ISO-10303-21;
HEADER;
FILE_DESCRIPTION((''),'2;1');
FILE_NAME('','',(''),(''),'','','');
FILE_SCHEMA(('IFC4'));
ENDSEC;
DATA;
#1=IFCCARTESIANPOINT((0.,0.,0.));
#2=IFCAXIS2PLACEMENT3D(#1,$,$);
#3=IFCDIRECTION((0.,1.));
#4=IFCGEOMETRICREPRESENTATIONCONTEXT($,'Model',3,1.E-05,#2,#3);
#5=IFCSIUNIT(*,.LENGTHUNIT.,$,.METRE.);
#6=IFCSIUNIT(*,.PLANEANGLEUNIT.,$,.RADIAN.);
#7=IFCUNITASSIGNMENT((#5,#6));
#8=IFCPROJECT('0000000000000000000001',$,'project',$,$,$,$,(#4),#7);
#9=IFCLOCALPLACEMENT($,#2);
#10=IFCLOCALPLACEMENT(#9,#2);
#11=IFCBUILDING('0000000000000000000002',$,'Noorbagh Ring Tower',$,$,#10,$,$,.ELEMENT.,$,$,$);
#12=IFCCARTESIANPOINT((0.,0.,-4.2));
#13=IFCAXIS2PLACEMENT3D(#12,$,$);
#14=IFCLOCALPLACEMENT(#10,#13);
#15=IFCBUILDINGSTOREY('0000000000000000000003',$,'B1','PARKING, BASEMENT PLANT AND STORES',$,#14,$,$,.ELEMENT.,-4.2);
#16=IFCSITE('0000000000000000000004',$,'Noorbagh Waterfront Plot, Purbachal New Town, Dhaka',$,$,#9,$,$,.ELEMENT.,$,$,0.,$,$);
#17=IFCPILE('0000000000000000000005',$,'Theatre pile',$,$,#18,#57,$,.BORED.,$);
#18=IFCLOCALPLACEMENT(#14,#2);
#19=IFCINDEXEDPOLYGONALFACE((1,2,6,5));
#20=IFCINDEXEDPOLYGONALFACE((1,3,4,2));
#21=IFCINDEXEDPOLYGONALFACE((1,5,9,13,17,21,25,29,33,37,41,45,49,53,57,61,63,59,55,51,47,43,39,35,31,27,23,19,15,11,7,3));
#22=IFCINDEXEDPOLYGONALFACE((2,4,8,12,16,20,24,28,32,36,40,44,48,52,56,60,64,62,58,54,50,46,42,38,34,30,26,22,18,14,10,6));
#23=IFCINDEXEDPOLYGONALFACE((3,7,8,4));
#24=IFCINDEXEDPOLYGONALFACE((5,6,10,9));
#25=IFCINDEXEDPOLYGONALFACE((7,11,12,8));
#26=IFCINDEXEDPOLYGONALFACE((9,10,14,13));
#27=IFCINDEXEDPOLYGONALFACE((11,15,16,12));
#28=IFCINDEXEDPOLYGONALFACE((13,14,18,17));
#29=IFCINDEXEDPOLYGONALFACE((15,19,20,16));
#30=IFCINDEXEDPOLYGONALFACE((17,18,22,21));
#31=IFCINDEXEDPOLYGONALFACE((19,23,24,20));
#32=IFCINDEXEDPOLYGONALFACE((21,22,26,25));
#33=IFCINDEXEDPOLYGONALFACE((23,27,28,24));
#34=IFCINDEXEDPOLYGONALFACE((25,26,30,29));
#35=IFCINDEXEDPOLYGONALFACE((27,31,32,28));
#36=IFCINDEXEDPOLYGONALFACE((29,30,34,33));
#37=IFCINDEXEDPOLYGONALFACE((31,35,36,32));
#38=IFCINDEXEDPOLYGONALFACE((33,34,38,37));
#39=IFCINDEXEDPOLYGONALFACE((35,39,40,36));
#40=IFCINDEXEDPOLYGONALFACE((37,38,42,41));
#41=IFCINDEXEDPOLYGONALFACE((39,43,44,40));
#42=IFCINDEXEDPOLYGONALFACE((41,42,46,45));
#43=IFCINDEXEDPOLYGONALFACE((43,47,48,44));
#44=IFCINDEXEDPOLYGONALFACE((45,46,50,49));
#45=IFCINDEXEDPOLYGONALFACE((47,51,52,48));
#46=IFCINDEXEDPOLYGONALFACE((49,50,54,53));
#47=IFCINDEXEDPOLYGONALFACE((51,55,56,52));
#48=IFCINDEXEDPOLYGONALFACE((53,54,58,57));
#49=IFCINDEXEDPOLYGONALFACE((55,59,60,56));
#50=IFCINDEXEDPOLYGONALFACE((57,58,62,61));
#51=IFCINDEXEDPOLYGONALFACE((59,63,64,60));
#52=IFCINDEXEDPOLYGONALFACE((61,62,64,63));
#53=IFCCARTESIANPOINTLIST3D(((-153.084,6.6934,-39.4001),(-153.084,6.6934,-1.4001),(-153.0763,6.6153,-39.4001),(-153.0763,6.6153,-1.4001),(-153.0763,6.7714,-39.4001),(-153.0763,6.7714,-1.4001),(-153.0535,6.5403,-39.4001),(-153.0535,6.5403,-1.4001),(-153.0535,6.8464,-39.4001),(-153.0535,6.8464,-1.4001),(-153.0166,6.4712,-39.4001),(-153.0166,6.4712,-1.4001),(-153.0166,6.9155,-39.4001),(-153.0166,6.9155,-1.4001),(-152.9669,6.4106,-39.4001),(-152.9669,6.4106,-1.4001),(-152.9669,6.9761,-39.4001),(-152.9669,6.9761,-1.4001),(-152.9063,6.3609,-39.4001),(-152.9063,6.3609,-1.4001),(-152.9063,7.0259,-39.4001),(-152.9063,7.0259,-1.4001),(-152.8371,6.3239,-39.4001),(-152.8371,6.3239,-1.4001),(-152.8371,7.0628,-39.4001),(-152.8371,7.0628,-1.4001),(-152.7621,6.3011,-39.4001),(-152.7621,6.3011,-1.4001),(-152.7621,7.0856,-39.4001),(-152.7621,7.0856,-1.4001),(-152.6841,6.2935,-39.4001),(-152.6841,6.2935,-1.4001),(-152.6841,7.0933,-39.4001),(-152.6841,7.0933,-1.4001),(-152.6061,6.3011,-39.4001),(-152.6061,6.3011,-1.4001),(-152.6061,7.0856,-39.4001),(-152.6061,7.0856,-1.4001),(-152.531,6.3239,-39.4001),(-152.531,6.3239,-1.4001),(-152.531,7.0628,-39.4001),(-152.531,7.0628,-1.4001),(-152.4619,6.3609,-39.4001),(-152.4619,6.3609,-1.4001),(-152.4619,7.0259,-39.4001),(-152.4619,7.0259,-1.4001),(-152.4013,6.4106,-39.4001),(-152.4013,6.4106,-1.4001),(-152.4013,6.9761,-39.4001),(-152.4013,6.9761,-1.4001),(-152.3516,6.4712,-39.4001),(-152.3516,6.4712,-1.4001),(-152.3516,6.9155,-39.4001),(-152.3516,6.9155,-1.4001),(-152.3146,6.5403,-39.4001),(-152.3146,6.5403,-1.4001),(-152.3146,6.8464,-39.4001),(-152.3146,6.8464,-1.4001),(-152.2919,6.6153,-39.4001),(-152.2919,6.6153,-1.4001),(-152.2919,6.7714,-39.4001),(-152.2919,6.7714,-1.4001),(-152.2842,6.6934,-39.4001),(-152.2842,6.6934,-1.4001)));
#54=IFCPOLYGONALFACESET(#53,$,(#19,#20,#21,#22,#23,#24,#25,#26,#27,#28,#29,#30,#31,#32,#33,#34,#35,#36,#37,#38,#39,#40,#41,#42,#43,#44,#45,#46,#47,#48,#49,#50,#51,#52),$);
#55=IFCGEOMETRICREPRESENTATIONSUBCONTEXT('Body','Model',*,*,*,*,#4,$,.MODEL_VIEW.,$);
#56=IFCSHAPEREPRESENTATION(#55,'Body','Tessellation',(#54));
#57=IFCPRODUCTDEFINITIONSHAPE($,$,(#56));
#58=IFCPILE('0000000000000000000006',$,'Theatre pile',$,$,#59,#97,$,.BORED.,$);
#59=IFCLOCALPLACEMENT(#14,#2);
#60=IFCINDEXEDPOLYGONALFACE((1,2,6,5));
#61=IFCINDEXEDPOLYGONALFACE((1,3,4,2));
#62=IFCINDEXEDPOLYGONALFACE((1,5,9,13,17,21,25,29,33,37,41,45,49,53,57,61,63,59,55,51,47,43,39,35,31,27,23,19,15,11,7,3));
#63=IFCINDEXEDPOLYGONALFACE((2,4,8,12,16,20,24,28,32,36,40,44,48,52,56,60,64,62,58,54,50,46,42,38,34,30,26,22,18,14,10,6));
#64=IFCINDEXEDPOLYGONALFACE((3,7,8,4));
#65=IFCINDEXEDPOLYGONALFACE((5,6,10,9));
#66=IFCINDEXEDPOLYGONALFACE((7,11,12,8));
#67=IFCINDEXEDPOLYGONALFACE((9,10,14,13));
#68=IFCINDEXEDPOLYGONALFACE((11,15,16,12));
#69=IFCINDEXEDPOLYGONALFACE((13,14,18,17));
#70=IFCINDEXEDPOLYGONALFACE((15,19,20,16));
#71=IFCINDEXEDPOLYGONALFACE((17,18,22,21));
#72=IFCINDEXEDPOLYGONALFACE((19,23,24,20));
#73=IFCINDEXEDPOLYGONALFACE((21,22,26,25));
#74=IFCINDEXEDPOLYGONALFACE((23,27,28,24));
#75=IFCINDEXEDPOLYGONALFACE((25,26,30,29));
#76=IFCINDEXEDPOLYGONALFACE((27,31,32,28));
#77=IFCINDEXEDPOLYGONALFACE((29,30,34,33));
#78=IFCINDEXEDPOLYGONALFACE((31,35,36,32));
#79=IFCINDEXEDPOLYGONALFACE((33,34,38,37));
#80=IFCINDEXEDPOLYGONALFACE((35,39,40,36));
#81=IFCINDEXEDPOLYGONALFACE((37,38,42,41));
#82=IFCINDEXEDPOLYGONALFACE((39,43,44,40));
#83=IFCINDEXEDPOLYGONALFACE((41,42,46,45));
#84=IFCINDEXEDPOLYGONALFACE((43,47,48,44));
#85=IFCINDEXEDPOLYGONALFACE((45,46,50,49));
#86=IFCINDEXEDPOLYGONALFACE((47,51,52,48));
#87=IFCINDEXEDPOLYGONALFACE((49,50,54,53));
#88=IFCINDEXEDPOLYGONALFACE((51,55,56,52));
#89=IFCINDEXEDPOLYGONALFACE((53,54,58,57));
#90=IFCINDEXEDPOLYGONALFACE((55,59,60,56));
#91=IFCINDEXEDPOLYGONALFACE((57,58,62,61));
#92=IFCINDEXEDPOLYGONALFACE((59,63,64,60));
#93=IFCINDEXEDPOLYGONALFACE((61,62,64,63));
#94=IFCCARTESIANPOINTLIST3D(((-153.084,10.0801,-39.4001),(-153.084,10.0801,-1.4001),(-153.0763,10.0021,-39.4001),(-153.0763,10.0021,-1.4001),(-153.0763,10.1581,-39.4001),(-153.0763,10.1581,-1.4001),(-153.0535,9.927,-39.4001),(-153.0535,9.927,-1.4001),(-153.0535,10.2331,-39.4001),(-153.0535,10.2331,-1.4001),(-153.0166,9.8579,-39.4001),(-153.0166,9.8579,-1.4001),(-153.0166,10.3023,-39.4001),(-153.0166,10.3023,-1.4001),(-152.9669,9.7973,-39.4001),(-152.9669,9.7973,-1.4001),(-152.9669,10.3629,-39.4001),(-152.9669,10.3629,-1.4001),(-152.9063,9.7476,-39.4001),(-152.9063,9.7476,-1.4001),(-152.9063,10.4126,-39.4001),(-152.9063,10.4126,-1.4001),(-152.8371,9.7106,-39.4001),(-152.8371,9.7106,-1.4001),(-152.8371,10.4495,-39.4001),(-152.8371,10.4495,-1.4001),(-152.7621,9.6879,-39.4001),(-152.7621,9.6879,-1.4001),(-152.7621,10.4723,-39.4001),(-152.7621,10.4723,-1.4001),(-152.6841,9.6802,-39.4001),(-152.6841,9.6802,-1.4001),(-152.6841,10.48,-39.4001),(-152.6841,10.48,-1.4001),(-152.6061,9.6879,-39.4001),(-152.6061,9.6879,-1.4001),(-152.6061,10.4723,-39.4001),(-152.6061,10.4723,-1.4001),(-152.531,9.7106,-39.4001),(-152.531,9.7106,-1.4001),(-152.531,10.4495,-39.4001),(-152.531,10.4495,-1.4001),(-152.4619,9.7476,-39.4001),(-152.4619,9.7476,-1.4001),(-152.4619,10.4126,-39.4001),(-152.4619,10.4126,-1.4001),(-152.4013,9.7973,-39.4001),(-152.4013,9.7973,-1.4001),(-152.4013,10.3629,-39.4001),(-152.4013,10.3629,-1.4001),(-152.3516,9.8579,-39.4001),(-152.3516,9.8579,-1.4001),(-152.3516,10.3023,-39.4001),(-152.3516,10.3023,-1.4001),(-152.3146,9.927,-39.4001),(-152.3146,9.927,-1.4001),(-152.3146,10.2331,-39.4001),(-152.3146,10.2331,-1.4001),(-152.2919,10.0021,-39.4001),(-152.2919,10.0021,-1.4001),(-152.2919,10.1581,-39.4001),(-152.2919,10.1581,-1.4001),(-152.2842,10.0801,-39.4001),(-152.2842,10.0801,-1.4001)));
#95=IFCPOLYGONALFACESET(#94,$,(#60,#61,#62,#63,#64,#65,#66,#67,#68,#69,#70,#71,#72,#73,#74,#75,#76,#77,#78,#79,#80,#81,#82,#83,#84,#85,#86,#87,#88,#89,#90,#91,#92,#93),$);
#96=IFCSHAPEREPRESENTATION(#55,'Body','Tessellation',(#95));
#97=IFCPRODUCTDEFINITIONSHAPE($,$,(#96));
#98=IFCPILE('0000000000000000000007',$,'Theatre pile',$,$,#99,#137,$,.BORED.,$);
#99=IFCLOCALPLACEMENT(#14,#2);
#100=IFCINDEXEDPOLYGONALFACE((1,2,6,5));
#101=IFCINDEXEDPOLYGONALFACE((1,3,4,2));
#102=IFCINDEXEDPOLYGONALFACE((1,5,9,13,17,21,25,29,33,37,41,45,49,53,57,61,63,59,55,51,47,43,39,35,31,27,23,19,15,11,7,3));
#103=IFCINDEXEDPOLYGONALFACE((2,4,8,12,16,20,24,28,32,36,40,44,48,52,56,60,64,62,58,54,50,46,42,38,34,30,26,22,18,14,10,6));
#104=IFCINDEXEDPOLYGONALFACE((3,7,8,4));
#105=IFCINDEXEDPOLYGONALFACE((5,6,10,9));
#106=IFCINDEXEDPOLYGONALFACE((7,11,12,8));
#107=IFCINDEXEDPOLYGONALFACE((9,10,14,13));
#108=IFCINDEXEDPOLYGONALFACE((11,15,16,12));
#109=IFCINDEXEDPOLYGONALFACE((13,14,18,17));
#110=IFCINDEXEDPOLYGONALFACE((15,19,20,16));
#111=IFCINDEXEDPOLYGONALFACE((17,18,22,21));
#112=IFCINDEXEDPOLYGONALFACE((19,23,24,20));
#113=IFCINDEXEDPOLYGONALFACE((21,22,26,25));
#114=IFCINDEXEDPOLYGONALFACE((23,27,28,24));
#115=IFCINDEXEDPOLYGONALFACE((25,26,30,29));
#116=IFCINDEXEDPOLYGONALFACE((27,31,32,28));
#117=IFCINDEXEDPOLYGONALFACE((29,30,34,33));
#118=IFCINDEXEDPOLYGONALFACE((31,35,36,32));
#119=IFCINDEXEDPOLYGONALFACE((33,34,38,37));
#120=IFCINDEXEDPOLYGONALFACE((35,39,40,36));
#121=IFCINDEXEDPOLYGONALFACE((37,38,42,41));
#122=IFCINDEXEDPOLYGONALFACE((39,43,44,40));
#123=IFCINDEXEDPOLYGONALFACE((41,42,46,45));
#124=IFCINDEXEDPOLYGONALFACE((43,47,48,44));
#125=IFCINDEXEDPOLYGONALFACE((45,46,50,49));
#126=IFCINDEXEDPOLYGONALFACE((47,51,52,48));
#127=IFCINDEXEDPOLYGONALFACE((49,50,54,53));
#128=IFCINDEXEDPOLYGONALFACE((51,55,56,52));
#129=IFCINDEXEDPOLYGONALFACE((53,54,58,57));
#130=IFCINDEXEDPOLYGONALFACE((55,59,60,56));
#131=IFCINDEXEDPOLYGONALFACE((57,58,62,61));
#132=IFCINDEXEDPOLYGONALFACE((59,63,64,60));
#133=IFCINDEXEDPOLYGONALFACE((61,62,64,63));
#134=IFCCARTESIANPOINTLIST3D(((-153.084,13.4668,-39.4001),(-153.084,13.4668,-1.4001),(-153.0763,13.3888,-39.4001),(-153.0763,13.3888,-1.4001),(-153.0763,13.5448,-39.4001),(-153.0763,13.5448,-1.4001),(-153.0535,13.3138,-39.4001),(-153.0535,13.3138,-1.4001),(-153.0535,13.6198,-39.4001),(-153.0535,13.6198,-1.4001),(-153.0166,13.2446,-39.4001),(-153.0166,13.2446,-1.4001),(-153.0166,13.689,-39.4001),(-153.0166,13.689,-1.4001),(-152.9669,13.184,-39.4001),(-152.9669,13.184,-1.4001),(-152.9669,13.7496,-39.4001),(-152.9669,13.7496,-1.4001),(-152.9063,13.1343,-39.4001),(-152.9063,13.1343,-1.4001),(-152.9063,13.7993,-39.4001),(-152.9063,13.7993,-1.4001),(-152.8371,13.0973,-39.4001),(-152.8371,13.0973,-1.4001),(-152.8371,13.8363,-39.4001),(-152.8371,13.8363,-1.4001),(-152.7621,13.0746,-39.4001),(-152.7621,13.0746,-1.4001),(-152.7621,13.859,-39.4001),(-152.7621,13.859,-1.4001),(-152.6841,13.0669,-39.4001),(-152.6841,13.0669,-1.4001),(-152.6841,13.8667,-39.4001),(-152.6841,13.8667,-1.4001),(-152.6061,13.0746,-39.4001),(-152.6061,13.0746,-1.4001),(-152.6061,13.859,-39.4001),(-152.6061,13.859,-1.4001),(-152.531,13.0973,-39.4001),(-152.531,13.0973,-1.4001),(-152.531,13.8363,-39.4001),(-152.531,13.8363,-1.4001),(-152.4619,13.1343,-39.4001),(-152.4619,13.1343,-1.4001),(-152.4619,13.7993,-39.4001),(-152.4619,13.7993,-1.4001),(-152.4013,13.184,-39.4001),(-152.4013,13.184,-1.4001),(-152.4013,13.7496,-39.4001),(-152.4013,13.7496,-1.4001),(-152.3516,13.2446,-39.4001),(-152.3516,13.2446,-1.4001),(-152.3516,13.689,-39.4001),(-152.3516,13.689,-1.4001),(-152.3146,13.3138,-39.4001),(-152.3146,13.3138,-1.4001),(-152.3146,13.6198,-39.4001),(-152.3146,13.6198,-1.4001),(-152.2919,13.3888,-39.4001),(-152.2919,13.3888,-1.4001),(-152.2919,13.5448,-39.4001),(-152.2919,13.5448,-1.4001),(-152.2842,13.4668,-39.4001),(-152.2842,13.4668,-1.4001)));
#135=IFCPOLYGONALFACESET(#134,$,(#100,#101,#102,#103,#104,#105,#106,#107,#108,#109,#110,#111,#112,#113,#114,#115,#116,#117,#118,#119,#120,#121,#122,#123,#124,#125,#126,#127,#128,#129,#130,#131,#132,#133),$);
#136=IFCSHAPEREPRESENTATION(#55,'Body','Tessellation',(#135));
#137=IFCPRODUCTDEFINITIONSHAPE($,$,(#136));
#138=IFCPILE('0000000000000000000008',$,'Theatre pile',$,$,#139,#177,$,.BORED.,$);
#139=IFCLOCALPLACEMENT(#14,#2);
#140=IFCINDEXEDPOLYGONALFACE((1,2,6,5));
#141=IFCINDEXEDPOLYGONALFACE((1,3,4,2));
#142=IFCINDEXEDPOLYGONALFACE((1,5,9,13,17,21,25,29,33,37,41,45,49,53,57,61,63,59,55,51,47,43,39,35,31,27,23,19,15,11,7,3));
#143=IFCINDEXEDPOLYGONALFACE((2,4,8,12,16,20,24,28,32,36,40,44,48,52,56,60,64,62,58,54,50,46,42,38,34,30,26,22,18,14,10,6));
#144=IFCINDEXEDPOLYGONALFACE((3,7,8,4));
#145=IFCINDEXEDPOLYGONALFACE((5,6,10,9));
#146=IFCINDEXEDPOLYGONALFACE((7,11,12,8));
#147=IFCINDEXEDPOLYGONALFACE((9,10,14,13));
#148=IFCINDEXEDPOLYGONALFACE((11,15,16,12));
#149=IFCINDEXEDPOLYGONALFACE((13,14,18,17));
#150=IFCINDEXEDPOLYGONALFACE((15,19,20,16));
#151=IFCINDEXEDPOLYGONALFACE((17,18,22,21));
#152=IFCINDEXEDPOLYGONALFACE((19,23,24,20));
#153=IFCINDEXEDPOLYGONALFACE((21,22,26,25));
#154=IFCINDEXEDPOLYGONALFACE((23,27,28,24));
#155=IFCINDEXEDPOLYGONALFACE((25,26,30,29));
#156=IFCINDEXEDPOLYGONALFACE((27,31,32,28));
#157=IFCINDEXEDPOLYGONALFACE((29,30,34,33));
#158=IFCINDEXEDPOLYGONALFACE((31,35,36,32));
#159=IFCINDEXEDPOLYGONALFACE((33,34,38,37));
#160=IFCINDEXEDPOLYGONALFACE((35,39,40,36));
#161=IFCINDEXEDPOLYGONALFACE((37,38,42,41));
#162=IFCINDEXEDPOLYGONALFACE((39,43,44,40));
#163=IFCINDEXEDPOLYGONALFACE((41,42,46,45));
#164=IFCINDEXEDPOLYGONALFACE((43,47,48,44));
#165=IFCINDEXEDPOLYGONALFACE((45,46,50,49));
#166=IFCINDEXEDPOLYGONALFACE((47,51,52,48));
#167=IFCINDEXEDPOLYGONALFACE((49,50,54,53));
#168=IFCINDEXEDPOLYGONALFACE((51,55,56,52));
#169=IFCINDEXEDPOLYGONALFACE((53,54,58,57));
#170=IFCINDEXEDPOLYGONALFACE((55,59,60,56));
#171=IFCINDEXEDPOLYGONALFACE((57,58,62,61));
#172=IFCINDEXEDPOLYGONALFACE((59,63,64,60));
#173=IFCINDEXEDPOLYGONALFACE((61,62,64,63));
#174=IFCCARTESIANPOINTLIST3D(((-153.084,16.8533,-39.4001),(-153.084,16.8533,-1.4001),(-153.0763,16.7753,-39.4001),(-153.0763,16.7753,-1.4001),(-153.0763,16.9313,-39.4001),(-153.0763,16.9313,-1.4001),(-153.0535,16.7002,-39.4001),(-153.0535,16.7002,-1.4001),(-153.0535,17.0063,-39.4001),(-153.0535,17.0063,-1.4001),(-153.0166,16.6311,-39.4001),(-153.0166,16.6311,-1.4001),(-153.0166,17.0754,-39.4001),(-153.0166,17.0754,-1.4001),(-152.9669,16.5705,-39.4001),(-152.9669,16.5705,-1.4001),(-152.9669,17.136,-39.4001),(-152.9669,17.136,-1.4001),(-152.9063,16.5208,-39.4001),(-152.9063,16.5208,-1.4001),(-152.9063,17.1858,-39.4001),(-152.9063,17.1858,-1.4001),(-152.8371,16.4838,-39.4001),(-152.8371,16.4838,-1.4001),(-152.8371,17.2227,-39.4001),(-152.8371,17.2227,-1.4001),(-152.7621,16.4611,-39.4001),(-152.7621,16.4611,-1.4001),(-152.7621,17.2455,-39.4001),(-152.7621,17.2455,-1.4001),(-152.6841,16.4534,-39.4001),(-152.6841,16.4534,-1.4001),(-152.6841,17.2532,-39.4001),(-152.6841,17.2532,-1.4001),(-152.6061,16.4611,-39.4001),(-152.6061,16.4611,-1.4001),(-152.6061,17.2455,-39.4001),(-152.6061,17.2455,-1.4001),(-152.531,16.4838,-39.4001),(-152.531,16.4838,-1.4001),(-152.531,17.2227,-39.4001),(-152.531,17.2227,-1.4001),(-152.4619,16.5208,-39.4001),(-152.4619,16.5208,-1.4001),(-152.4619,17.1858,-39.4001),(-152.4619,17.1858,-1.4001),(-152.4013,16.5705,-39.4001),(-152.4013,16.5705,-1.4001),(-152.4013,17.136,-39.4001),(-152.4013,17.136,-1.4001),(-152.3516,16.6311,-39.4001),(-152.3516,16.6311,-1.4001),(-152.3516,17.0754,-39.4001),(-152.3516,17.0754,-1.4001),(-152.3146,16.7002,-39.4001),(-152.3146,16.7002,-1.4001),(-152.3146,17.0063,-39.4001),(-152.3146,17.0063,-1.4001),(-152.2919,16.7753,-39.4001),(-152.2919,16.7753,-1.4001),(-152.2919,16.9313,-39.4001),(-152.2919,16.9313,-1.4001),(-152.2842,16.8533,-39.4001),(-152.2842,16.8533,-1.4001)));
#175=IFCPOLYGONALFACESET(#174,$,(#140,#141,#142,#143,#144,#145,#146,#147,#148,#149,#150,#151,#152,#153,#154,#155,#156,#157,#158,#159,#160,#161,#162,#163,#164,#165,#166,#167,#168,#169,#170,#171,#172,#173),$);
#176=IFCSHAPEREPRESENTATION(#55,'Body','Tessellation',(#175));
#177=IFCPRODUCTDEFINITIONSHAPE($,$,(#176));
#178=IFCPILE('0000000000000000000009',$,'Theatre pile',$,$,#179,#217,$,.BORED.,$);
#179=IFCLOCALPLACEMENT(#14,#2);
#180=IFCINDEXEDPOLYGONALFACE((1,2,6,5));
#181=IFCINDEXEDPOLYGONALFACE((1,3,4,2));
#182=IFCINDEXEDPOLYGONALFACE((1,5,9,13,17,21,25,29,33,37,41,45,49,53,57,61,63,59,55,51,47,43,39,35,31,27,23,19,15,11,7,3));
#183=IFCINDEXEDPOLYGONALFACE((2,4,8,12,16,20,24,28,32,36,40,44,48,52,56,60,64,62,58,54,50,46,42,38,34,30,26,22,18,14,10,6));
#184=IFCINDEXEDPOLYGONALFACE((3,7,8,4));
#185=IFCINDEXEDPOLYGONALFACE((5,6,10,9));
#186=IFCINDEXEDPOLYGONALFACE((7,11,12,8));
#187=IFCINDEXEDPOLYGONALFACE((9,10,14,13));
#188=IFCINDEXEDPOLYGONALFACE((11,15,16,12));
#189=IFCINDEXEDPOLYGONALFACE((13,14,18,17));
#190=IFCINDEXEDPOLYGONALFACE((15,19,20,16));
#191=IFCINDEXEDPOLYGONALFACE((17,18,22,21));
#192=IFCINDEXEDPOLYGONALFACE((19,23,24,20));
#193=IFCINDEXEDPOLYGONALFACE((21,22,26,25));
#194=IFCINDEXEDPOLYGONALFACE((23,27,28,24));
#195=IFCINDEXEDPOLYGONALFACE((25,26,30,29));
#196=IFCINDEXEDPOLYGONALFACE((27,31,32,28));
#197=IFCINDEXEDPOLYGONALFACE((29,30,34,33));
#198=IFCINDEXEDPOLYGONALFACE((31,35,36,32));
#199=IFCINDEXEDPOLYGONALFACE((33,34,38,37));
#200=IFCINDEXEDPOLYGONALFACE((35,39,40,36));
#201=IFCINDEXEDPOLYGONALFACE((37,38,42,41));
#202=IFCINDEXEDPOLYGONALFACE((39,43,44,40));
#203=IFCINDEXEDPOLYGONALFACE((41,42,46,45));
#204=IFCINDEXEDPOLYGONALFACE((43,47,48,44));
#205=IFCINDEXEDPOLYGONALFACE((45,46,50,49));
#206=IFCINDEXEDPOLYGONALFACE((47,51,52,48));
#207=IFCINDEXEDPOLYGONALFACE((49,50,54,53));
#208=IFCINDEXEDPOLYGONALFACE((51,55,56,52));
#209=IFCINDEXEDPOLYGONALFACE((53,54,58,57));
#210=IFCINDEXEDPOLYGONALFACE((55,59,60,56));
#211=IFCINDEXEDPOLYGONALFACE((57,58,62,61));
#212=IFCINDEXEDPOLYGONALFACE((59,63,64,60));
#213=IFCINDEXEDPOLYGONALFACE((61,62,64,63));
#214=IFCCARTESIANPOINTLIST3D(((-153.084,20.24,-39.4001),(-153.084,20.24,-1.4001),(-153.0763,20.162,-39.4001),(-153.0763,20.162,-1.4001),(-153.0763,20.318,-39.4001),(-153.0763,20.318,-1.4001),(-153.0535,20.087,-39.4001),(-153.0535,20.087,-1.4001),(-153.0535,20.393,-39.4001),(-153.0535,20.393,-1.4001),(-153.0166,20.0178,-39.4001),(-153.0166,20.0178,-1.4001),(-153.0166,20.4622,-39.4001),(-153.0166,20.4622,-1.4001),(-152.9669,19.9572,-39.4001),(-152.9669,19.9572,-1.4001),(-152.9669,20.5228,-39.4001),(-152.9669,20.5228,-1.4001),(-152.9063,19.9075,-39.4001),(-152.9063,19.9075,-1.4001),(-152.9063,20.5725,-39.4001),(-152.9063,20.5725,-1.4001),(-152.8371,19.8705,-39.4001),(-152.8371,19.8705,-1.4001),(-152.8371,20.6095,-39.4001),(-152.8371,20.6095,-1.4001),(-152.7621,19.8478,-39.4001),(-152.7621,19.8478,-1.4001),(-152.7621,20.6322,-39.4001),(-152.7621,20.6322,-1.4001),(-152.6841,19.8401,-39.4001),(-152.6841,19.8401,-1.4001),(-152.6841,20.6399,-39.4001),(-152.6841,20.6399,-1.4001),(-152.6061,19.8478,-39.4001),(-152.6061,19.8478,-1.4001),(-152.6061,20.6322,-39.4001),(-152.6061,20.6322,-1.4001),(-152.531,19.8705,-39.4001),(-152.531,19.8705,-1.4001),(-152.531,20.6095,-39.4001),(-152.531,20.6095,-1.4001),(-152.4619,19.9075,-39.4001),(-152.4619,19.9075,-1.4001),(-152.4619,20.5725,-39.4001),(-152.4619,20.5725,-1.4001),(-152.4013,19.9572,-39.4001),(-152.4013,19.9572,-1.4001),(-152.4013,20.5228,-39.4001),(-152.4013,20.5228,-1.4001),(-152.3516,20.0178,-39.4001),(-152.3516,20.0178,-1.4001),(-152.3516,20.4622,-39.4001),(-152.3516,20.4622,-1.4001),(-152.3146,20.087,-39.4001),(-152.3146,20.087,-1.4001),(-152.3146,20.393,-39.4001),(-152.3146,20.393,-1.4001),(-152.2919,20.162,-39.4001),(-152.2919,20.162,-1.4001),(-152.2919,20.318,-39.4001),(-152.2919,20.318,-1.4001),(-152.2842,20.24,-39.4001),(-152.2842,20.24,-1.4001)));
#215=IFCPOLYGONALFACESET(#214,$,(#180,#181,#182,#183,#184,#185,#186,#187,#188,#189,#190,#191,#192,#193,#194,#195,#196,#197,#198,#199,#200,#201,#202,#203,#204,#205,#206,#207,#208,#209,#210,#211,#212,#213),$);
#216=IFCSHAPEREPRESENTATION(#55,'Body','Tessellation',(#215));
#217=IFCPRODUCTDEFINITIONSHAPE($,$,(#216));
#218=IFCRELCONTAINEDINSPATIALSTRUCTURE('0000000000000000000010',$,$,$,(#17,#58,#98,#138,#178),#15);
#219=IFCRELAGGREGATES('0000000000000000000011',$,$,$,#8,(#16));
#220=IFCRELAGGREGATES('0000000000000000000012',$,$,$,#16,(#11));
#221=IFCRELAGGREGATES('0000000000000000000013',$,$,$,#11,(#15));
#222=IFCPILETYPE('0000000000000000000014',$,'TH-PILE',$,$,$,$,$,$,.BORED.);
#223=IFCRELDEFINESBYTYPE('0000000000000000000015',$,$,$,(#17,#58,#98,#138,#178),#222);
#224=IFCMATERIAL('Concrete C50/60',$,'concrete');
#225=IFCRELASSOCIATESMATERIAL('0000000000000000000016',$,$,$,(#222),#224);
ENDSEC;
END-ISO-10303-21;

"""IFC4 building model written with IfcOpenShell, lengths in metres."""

from ifc_helpers import new_model, si_unit, direction, frame, origin, origin_2d, place, context, subcontext, project, spatial, circle, extrude, material, material_profile, profile_set, type_object, element, save


model = new_model("IFC4")

# Units and contexts
model_context = context("Model", 3, precision=1e-05, world=origin(), true_north=direction((0.0, 1.0)))
body_context = subcontext(model_context, "Body", "Model", "MODEL_VIEW")
ifc_project = project(units=[si_unit("LENGTHUNIT", "METRE"), si_unit("PLANEANGLEUNIT", "RADIAN")], contexts=[model_context])

# Site, building, storey
site_placement = place(None, origin())
site = spatial("IfcSite", under=ifc_project, at=site_placement, Name="Noorbagh Waterfront Plot, Purbachal New Town, Dhaka", CompositionType="ELEMENT", RefElevation=0.0)
building_placement = place(site_placement, origin())
building = spatial("IfcBuilding", under=site, at=building_placement, Name="Noorbagh Ring Tower", CompositionType="ELEMENT")
storey_placement = place(building_placement, frame((0.0, 0.0, -4.2)))
storey = spatial("IfcBuildingStorey", under=building, at=storey_placement, Name="B1", Description="PARKING, BASEMENT PLANT AND STORES", CompositionType="ELEMENT", Elevation=-4.2)

# Piles
ifc_material_1 = material(Name="Concrete C50/60", Category="concrete")
ifc_material_profile_1 = material_profile(ifc_material_1, circle(Radius=0.3999, at=origin_2d()), Name="PILE800")
ifc_profile_set_1 = profile_set([ifc_material_profile_1], Name="Concrete C50/60")
pile_type = type_object("IfcPileType", Name="TH-PILE", PredefinedType="BORED", material=ifc_profile_set_1)
for number, where, z_axis, x_axis, name in (
    (1, (-152.6841, 6.6934, -1.4001), (0.0, 0.0, -1.0), (1.0, 0.0, 0.0), "Theatre pile"),
    (2, (-152.6841, 10.0801, -1.4001), (0.0, 0.0, -1.0), (1.0, 0.0, 0.0), "Theatre pile"),
    (3, (-152.6841, 13.4668, -1.4001), (0.0, 0.0, -1.0), (1.0, 0.0, 0.0), "Theatre pile"),
    (4, (-152.6841, 16.8533, -1.4001), (0.0, 0.0, -1.0), (1.0, 0.0, 0.0), "Theatre pile"),
    (5, (-152.6841, 20.24, -1.4001), (0.0, 0.0, -1.0), (1.0, 0.0, 0.0), "Theatre pile"),
):
    element("IfcPile", number, at=place(storey_placement, frame(where, z_axis=z_axis, x_axis=x_axis)), inside=storey, type_object=pile_type, Name=name, PredefinedType="BORED", context=body_context, shape_type="SweptSolid", body=[
        extrude(circle(Radius=0.3999, at=origin_2d()), origin(), (0.0, 0.0, 1.0), 38.0),
    ])

save(model, "model.ifc")
